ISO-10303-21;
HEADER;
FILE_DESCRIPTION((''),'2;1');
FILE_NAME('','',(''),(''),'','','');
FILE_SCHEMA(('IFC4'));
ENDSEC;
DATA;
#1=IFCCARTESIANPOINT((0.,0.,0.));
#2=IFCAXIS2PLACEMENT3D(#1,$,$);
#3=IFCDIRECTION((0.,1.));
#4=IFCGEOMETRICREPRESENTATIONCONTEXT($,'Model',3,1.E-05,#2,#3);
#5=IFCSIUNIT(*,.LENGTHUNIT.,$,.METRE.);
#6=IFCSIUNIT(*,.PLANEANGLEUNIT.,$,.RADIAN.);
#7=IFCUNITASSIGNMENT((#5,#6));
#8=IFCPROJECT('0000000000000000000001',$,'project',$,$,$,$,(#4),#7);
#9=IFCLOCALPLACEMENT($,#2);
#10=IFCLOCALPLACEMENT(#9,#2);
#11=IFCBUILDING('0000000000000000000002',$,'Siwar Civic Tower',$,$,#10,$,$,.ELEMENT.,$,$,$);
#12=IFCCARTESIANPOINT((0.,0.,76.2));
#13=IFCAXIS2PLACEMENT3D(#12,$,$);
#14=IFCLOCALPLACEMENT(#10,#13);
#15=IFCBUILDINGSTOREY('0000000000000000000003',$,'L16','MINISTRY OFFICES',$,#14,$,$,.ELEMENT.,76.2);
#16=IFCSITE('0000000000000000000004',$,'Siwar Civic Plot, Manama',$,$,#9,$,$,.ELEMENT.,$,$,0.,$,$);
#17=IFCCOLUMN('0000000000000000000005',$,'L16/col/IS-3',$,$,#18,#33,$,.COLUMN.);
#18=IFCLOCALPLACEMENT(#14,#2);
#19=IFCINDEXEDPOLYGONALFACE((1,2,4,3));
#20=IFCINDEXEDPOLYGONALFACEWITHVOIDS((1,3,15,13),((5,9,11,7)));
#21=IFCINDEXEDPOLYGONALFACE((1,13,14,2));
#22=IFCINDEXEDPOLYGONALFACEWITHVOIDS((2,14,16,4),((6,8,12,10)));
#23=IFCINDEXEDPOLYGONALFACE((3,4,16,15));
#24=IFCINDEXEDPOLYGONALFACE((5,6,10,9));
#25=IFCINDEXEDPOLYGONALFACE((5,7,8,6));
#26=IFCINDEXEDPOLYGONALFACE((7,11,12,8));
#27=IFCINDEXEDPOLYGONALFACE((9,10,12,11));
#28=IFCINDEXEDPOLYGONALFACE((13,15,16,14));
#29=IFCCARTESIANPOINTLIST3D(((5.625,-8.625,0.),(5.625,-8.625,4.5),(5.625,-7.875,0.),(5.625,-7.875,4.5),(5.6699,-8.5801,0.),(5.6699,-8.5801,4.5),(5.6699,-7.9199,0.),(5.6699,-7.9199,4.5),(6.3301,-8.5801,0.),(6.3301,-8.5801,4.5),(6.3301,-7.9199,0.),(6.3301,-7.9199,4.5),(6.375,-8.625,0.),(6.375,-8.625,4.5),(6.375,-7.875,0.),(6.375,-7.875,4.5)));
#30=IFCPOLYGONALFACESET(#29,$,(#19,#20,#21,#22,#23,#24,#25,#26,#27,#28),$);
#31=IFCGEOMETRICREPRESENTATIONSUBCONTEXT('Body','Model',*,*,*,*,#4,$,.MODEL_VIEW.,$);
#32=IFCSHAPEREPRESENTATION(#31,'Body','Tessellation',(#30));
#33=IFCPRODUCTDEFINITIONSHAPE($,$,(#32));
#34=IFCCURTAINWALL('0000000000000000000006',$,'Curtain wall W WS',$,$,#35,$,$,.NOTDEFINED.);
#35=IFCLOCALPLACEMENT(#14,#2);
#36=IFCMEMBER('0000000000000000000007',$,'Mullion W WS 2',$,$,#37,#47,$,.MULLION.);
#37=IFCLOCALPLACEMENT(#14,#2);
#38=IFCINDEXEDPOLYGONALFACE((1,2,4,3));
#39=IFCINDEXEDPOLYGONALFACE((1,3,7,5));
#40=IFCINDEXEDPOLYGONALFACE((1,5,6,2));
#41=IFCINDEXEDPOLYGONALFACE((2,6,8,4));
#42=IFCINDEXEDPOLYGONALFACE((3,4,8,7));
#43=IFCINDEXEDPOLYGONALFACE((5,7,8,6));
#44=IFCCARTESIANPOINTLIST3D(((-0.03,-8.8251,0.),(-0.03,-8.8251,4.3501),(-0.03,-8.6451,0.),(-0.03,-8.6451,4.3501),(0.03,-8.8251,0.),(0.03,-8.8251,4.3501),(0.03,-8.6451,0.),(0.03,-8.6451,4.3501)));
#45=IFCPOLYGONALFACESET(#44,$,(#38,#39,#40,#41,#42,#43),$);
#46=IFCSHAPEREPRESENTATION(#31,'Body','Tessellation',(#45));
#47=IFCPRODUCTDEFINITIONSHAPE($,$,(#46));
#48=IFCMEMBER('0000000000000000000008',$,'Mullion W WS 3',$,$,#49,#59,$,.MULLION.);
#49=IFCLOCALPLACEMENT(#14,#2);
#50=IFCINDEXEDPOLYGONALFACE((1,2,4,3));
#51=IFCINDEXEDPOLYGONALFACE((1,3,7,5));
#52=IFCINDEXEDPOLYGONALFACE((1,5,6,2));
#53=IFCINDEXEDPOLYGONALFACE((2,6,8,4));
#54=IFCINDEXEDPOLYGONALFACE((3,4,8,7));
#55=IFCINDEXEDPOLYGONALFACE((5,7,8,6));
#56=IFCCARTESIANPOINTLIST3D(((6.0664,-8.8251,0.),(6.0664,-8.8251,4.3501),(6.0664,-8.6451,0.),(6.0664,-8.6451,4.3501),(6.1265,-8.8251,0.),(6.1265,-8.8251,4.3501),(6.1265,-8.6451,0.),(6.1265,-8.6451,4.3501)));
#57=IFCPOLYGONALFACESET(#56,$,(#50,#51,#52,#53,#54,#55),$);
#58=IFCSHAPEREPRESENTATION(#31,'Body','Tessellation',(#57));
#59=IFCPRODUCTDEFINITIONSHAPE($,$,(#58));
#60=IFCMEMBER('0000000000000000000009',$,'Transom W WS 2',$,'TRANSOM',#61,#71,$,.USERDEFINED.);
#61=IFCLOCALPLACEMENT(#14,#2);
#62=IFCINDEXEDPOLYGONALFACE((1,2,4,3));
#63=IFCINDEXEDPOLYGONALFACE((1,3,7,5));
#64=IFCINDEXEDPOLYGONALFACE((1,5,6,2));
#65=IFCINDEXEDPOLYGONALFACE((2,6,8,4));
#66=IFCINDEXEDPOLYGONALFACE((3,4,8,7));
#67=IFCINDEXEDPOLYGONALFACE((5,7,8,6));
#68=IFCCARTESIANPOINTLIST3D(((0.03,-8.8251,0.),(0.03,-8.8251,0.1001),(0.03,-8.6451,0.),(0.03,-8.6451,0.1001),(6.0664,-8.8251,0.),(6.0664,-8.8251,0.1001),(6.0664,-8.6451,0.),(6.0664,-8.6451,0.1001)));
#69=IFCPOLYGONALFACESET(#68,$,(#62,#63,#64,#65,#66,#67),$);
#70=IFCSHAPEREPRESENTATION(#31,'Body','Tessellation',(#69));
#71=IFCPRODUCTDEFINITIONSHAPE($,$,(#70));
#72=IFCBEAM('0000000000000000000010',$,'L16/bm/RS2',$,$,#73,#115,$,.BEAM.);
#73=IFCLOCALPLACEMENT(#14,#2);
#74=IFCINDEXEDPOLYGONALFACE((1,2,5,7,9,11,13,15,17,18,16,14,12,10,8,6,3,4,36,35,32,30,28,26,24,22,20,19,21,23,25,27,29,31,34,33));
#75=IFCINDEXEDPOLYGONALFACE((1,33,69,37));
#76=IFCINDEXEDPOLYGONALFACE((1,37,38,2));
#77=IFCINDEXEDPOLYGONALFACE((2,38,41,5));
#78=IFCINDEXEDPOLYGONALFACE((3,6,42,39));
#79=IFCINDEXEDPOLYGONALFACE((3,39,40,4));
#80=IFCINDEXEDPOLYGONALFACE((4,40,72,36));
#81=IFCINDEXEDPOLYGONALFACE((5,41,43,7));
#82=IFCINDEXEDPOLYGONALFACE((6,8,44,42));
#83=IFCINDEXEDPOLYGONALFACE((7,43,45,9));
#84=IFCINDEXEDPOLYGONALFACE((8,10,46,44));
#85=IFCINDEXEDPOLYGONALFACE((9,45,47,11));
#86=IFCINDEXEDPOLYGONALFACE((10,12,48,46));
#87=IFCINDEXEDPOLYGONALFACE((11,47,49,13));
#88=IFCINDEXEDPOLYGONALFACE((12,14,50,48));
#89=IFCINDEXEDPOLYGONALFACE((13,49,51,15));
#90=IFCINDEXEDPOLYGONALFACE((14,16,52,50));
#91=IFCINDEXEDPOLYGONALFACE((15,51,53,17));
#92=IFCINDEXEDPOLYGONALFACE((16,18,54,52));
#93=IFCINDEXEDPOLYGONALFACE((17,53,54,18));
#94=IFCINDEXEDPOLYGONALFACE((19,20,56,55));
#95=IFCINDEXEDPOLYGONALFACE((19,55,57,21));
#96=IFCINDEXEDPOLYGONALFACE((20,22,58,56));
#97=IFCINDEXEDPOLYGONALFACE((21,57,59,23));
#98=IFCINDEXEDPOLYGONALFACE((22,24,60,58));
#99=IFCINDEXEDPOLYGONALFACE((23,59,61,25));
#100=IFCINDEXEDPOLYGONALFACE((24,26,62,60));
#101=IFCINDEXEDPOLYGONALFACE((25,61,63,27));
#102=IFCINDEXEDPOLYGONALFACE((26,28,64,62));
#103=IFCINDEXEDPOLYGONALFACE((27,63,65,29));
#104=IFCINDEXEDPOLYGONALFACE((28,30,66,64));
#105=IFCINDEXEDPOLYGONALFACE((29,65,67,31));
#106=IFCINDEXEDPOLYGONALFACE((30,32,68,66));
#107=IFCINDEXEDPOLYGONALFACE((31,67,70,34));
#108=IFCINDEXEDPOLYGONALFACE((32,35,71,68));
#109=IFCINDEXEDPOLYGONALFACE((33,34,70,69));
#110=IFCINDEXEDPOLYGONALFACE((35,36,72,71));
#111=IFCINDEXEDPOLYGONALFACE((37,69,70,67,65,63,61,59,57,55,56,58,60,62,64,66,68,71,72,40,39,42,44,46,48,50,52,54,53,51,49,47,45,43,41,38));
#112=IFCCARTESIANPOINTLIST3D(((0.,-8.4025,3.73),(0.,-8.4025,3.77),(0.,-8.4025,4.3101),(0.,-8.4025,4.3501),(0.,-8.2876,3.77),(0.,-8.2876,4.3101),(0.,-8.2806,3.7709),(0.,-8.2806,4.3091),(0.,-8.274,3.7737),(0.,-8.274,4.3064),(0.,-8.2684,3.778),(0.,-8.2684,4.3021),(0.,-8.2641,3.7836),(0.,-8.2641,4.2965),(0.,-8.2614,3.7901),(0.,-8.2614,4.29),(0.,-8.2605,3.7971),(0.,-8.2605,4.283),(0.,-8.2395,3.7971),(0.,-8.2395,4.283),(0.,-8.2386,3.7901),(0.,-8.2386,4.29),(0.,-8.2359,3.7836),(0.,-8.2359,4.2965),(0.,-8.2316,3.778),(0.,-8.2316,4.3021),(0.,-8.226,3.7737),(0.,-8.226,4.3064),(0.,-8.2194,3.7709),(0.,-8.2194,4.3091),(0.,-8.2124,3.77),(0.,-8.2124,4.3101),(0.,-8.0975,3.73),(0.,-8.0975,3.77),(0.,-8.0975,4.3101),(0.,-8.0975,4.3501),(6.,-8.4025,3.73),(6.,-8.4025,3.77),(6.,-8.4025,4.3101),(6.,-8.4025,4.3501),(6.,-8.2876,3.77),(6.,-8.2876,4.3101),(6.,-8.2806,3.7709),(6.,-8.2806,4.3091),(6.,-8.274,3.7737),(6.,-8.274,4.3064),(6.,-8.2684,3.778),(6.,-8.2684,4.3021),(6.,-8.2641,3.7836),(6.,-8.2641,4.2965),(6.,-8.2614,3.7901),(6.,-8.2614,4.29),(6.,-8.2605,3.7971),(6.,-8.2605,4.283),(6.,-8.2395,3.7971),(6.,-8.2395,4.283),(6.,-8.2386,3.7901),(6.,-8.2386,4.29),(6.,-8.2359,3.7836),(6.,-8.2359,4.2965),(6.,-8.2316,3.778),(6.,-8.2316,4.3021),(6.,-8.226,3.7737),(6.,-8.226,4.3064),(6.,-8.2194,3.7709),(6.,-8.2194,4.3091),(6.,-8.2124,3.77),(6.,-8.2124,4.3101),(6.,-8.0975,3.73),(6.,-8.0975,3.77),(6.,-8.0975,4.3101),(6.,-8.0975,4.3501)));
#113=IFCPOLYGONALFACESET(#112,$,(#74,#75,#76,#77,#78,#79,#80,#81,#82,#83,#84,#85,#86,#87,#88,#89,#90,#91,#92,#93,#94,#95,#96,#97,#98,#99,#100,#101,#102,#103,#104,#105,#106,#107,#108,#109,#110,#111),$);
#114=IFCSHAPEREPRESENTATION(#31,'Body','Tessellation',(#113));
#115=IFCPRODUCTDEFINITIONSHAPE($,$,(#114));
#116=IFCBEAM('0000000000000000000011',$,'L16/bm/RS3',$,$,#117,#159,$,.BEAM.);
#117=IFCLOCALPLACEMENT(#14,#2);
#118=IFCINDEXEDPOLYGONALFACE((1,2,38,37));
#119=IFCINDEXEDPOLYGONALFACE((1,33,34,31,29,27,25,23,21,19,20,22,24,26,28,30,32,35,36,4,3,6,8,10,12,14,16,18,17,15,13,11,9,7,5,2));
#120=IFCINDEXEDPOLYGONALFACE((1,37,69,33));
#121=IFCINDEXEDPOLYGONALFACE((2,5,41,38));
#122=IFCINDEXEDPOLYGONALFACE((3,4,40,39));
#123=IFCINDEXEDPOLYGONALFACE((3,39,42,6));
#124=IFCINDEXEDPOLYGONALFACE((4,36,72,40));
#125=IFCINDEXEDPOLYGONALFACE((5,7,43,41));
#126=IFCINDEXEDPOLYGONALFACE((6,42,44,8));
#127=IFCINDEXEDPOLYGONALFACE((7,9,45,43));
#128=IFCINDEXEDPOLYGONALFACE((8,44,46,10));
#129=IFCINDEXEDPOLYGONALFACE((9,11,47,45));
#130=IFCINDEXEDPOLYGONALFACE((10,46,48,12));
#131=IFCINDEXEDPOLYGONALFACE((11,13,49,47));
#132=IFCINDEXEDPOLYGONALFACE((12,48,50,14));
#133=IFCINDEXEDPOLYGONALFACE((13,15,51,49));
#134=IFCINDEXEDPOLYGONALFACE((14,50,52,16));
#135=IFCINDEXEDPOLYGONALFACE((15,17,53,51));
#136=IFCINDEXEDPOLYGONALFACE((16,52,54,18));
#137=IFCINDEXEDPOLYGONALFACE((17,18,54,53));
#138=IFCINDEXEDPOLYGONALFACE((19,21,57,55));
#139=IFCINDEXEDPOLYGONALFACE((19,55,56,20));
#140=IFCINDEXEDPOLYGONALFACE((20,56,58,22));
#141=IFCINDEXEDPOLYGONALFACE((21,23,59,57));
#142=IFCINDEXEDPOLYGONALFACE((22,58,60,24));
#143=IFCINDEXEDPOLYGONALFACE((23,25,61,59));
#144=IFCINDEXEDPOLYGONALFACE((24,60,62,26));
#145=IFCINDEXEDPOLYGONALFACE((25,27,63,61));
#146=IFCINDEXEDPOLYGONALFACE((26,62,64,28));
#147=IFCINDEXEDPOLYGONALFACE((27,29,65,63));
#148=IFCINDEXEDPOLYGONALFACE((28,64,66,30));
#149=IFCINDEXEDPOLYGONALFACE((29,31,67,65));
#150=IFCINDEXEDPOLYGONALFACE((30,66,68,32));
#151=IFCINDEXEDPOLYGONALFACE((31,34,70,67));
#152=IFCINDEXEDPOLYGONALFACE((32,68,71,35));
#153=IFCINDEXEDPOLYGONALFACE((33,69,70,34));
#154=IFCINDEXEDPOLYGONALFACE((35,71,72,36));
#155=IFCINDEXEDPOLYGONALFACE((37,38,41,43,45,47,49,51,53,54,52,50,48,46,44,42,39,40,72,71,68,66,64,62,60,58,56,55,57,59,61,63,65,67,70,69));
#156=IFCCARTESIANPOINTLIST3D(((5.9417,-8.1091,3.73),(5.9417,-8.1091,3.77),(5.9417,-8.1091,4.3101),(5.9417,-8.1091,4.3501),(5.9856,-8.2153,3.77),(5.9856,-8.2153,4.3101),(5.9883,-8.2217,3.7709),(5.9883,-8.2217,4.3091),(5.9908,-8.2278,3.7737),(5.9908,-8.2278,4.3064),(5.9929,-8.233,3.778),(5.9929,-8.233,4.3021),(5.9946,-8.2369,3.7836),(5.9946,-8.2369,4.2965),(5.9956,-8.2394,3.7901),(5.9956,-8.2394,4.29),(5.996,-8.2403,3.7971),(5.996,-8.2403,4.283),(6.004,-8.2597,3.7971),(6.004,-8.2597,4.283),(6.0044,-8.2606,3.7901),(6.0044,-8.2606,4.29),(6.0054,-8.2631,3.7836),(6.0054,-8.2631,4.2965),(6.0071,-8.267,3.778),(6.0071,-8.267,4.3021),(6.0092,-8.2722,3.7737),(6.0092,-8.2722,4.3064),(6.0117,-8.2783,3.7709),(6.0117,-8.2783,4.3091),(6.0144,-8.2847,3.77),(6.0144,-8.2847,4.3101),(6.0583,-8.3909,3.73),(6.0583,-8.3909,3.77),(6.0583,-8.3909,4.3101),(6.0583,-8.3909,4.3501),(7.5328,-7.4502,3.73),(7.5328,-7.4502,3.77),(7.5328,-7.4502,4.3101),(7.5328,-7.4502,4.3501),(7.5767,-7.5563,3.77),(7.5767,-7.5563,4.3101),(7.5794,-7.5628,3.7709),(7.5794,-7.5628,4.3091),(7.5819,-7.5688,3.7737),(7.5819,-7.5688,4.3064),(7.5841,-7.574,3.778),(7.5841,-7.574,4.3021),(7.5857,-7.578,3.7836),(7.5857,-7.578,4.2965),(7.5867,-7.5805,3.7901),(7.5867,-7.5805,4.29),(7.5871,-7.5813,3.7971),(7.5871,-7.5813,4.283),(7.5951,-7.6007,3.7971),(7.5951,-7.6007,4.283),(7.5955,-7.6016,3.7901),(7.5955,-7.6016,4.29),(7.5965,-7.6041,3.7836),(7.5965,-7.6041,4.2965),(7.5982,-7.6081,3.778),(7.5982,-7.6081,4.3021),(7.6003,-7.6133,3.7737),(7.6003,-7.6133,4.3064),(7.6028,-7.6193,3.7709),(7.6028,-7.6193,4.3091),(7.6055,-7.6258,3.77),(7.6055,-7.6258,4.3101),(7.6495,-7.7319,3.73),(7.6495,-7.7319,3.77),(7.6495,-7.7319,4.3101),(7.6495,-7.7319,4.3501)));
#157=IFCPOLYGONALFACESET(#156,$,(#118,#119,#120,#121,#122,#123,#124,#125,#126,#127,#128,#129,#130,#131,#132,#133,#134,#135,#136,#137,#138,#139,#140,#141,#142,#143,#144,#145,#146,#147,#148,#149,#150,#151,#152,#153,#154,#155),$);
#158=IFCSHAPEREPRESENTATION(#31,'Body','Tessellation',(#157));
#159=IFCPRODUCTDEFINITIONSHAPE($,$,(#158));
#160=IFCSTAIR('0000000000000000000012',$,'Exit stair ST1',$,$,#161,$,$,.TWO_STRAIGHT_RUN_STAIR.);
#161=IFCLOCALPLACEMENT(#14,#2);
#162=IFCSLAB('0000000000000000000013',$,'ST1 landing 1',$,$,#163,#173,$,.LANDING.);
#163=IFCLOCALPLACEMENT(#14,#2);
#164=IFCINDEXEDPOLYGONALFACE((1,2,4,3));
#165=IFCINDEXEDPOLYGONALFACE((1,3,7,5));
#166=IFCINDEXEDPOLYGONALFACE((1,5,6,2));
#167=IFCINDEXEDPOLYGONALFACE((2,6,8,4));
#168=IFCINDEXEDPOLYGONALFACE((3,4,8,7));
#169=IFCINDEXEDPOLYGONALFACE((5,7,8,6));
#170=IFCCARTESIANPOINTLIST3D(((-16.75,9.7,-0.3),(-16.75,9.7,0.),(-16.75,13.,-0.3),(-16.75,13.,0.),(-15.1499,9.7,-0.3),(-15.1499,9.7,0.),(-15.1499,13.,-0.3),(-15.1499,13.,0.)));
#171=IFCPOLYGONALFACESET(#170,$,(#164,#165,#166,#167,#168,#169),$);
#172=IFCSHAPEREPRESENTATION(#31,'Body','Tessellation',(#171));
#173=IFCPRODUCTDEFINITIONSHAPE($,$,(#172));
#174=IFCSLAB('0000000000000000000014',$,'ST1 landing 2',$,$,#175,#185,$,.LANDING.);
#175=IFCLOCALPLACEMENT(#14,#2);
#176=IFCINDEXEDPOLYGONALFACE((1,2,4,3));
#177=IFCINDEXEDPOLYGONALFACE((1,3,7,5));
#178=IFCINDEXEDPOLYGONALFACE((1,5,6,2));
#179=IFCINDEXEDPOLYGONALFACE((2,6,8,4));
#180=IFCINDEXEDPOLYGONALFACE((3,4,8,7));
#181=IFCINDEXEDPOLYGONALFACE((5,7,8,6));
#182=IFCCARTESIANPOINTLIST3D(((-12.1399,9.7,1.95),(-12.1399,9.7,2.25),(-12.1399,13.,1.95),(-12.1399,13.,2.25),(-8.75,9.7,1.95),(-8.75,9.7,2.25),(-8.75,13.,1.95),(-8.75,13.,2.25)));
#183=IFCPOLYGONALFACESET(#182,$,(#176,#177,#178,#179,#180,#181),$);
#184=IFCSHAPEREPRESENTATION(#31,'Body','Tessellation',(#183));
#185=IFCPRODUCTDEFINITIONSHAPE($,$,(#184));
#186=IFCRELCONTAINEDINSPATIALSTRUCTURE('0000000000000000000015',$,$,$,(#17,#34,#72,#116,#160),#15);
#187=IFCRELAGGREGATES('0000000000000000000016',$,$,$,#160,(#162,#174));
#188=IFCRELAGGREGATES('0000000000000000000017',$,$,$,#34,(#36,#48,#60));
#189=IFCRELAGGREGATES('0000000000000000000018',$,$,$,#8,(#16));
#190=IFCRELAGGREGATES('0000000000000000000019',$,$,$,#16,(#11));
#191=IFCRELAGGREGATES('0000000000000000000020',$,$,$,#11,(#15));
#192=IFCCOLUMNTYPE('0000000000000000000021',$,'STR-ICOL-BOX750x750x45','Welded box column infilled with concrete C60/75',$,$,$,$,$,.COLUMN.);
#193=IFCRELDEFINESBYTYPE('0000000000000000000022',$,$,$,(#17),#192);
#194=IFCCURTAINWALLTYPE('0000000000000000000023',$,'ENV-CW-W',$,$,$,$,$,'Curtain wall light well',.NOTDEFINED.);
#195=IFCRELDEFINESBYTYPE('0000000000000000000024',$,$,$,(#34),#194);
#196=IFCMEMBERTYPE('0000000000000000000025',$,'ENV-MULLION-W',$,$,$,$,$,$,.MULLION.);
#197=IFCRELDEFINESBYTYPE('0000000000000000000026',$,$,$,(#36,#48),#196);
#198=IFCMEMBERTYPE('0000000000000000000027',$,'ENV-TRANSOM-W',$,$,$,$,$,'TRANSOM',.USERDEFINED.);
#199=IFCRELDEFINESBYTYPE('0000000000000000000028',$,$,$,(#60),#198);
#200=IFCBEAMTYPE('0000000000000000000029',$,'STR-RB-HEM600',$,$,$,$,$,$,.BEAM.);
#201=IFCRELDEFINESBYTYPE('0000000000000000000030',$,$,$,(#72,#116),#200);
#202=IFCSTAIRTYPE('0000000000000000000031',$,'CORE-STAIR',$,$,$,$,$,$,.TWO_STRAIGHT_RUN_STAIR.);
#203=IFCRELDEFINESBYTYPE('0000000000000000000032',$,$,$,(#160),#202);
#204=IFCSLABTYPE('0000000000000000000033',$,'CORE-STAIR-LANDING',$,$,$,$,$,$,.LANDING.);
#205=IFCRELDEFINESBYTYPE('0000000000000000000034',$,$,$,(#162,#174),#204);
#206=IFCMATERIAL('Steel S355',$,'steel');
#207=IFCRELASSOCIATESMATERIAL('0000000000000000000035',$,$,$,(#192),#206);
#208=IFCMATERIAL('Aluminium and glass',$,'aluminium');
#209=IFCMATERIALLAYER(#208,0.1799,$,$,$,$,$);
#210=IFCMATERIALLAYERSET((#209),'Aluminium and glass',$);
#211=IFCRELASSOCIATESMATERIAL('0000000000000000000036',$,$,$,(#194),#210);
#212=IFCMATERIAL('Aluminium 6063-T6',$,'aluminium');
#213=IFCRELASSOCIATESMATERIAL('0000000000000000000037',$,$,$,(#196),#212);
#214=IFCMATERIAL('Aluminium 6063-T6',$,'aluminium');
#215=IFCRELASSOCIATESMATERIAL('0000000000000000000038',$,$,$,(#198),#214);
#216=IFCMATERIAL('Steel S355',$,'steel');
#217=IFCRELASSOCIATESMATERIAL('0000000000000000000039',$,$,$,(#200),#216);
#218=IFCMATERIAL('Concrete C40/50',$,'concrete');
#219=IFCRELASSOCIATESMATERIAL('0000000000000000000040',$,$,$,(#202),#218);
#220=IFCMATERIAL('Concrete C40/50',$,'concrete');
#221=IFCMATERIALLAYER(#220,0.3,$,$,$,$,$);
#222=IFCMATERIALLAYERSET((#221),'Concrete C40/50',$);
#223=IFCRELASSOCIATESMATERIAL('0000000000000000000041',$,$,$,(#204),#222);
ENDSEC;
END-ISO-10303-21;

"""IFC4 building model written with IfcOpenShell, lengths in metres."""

from ifc_helpers import new_model, si_unit, direction, frame, origin, origin_2d, place, context, subcontext, project, spatial, polyline, rectangle, hollow_rectangle, i_section, outline, extrude, material, layer, layer_set, material_profile, profile_set, type_object, element, aggregate, save


model = new_model("IFC4")

# Units and contexts
model_context = context("Model", 3, precision=1e-05, world=origin(), true_north=direction((0.0, 1.0)))
body_context = subcontext(model_context, "Body", "Model", "MODEL_VIEW")
ifc_project = project(units=[si_unit("LENGTHUNIT", "METRE"), si_unit("PLANEANGLEUNIT", "RADIAN")], contexts=[model_context])

# Site, building, storey
site_placement = place(None, origin())
site = spatial("IfcSite", under=ifc_project, at=site_placement, Name="Siwar Civic Plot, Manama", CompositionType="ELEMENT", RefElevation=0.0)
building_placement = place(site_placement, origin())
building = spatial("IfcBuilding", under=site, at=building_placement, Name="Siwar Civic Tower", CompositionType="ELEMENT")
storey_placement = place(building_placement, frame((0.0, 0.0, 76.2)))
storey = spatial("IfcBuildingStorey", under=building, at=storey_placement, Name="L16", Description="MINISTRY OFFICES", CompositionType="ELEMENT", Elevation=76.2)

# Column
ifc_material_1 = material(Name="Steel S355", Category="steel")
ifc_material_profile_1 = material_profile(ifc_material_1, hollow_rectangle(XDim=0.75, YDim=0.75, WallThickness=0.0449, at=origin_2d()), Name="BOX750x750x45")
ifc_profile_set_1 = profile_set([ifc_material_profile_1], Name="Steel S355")
column_type = type_object("IfcColumnType", Name="STR-ICOL-BOX750x750x45", Description="Welded box column infilled with concrete C60/75", PredefinedType="COLUMN", material=ifc_profile_set_1)
column_placement = place(storey_placement, frame((6.0, -8.25, 0.0), z_axis=(0.0, 0.0, 1.0), x_axis=(1.0, 0.0, 0.0)))
element("IfcColumn", 1, at=column_placement, inside=storey, type_object=column_type, Name="L16/col/IS-3", PredefinedType="COLUMN", context=body_context, shape_type="SweptSolid", body=[
    extrude(hollow_rectangle(XDim=0.75, YDim=0.75, WallThickness=0.0449, at=origin_2d()), origin(), (0.0, 0.0, 1.0), 4.5),
])

# Curtain wall, members
ifc_material_2 = material(Name="Aluminium and glass", Category="aluminium")
ifc_layer_1 = layer(ifc_material_2, 0.1799)
ifc_layer_set_1 = layer_set([ifc_layer_1], Name="Aluminium and glass")
curtain_wall_type = type_object("IfcCurtainWallType", Name="ENV-CW-W", ElementType="Curtain wall light well", PredefinedType="NOTDEFINED", material=ifc_layer_set_1)
curtain_wall_placement = place(storey_placement, origin())
curtain_wall = element("IfcCurtainWall", 2, at=curtain_wall_placement, inside=storey, type_object=curtain_wall_type, Name="Curtain wall W WS", PredefinedType="NOTDEFINED")
ifc_material_3 = material(Name="Aluminium 6063-T6", Category="aluminium")
ifc_material_profile_2 = material_profile(ifc_material_3, rectangle(XDim=0.1799, YDim=0.0601, at=origin_2d()), Name="AL 180x60")
ifc_profile_set_2 = profile_set([ifc_material_profile_2], Name="Aluminium 6063-T6")
member_type_1 = type_object("IfcMemberType", Name="ENV-MULLION-W", PredefinedType="MULLION", material=ifc_profile_set_2)
member_1_placement = place(storey_placement, frame((0.0, -8.7351, 0.0), z_axis=(0.0, 0.0, 1.0), x_axis=(0.0, 1.0, 0.0)))
member_1 = element("IfcMember", 3, at=member_1_placement, type_object=member_type_1, Name="Mullion W WS 2", PredefinedType="MULLION", context=body_context, shape_type="SweptSolid", body=[
    extrude(rectangle(XDim=0.1799, YDim=0.0601, at=origin_2d()), origin(), (0.0, 0.0, 1.0), 4.3501),
])
member_2_placement = place(storey_placement, frame((6.0964, -8.7351, 0.0), z_axis=(0.0, 0.0, 1.0), x_axis=(0.0, 1.0, 0.0)))
member_2 = element("IfcMember", 4, at=member_2_placement, type_object=member_type_1, Name="Mullion W WS 3", PredefinedType="MULLION", context=body_context, shape_type="SweptSolid", body=[
    extrude(rectangle(XDim=0.1799, YDim=0.0601, at=origin_2d()), origin(), (0.0, 0.0, 1.0), 4.3501),
])
ifc_material_4 = material(Name="Aluminium 6063-T6", Category="aluminium")
ifc_material_profile_3 = material_profile(ifc_material_4, rectangle(XDim=0.1799, YDim=0.1001, at=origin_2d()), Name="AL 180x100")
ifc_profile_set_3 = profile_set([ifc_material_profile_3], Name="Aluminium 6063-T6")
member_type_2 = type_object("IfcMemberType", Name="ENV-TRANSOM-W", ElementType="TRANSOM", PredefinedType="USERDEFINED", material=ifc_profile_set_3)
member_3_placement = place(storey_placement, frame((0.03, -8.7351, 0.05), z_axis=(1.0, 0.0, 0.0), x_axis=(0.0, 1.0, 0.0)))
member_3 = element("IfcMember", 5, at=member_3_placement, type_object=member_type_2, Name="Transom W WS 2", ObjectType="TRANSOM", PredefinedType="USERDEFINED", context=body_context, shape_type="SweptSolid", body=[
    extrude(rectangle(XDim=0.1799, YDim=0.1001, at=origin_2d()), origin(), (0.0, 0.0, 1.0), 6.0364),
])

# Beams
ifc_material_5 = material(Name="Steel S355", Category="steel")
ifc_material_profile_4 = material_profile(ifc_material_5, i_section(OverallWidth=0.3049, OverallDepth=0.6201, WebThickness=0.021, FlangeThickness=0.04, FilletRadius=0.0271, at=origin_2d()), Name="HEM600")
ifc_profile_set_4 = profile_set([ifc_material_profile_4], Name="Steel S355")
beam_type = type_object("IfcBeamType", Name="STR-RB-HEM600", PredefinedType="BEAM", material=ifc_profile_set_4)
beam_1_placement = place(storey_placement, frame((0.0, -8.25, 4.04), z_axis=(1.0, 0.0, 0.0), x_axis=(0.0, 1.0, 0.0)))
element("IfcBeam", 6, at=beam_1_placement, inside=storey, type_object=beam_type, Name="L16/bm/RS2", PredefinedType="BEAM", context=body_context, shape_type="SweptSolid", body=[
    extrude(i_section(OverallWidth=0.3049, OverallDepth=0.6201, WebThickness=0.021, FlangeThickness=0.04, FilletRadius=0.0271, at=origin_2d()), origin(), (0.0, 0.0, 1.0), 6.0),
])
beam_2_placement = place(storey_placement, frame((6.0, -8.25, 4.04), z_axis=(0.923901, 0.382631, 0.0), x_axis=(-0.382631, 0.923901, 0.0)))
element("IfcBeam", 7, at=beam_2_placement, inside=storey, type_object=beam_type, Name="L16/bm/RS3", PredefinedType="BEAM", context=body_context, shape_type="SweptSolid", body=[
    extrude(i_section(OverallWidth=0.3049, OverallDepth=0.6201, WebThickness=0.021, FlangeThickness=0.04, FilletRadius=0.0271, at=origin_2d()), origin(), (0.0, 0.0, 1.0), 1.7222),
])

# Stair, slabs
ifc_material_6 = material(Name="Concrete C40/50", Category="concrete")
stair_type = type_object("IfcStairType", Name="CORE-STAIR", PredefinedType="TWO_STRAIGHT_RUN_STAIR", material=ifc_material_6)
stair_1_placement = place(storey_placement, origin())
stair_1 = element("IfcStair", 8, at=stair_1_placement, inside=storey, type_object=stair_type, Name="Exit stair ST1", PredefinedType="TWO_STRAIGHT_RUN_STAIR")
ifc_material_7 = material(Name="Concrete C40/50", Category="concrete")
ifc_layer_2 = layer(ifc_material_7, 0.3)
ifc_layer_set_2 = layer_set([ifc_layer_2], Name="Concrete C40/50")
slab_type_1 = type_object("IfcSlabType", Name="CORE-STAIR-LANDING", PredefinedType="LANDING", material=ifc_layer_set_2)
slab_1_placement = place(storey_placement, frame((0.0, 0.0, -0.3)))
slab_1 = element("IfcSlab", 9, at=slab_1_placement, type_object=slab_type_1, Name="ST1 landing 1", PredefinedType="LANDING", context=body_context, shape_type="SweptSolid", body=[
    extrude(outline(polyline([(-15.1499, 13.0), (-16.75, 13.0), (-16.75, 9.7), (-15.1499, 9.7), (-15.1499, 13.0)])), origin(), (0.0, 0.0, 1.0), 0.3),
])
slab_2_placement = place(storey_placement, frame((0.0, 0.0, 1.95)))
slab_2 = element("IfcSlab", 10, at=slab_2_placement, type_object=slab_type_1, Name="ST1 landing 2", PredefinedType="LANDING", context=body_context, shape_type="SweptSolid", body=[
    extrude(outline(polyline([(-8.75, 13.0), (-12.1399, 13.0), (-12.1399, 9.7), (-8.75, 9.7), (-8.75, 13.0)])), origin(), (0.0, 0.0, 1.0), 0.3),
])
aggregate(stair_1, [slab_1, slab_2])

aggregate(curtain_wall, [member_1, member_2, member_3])

save(model, "model.ifc")
